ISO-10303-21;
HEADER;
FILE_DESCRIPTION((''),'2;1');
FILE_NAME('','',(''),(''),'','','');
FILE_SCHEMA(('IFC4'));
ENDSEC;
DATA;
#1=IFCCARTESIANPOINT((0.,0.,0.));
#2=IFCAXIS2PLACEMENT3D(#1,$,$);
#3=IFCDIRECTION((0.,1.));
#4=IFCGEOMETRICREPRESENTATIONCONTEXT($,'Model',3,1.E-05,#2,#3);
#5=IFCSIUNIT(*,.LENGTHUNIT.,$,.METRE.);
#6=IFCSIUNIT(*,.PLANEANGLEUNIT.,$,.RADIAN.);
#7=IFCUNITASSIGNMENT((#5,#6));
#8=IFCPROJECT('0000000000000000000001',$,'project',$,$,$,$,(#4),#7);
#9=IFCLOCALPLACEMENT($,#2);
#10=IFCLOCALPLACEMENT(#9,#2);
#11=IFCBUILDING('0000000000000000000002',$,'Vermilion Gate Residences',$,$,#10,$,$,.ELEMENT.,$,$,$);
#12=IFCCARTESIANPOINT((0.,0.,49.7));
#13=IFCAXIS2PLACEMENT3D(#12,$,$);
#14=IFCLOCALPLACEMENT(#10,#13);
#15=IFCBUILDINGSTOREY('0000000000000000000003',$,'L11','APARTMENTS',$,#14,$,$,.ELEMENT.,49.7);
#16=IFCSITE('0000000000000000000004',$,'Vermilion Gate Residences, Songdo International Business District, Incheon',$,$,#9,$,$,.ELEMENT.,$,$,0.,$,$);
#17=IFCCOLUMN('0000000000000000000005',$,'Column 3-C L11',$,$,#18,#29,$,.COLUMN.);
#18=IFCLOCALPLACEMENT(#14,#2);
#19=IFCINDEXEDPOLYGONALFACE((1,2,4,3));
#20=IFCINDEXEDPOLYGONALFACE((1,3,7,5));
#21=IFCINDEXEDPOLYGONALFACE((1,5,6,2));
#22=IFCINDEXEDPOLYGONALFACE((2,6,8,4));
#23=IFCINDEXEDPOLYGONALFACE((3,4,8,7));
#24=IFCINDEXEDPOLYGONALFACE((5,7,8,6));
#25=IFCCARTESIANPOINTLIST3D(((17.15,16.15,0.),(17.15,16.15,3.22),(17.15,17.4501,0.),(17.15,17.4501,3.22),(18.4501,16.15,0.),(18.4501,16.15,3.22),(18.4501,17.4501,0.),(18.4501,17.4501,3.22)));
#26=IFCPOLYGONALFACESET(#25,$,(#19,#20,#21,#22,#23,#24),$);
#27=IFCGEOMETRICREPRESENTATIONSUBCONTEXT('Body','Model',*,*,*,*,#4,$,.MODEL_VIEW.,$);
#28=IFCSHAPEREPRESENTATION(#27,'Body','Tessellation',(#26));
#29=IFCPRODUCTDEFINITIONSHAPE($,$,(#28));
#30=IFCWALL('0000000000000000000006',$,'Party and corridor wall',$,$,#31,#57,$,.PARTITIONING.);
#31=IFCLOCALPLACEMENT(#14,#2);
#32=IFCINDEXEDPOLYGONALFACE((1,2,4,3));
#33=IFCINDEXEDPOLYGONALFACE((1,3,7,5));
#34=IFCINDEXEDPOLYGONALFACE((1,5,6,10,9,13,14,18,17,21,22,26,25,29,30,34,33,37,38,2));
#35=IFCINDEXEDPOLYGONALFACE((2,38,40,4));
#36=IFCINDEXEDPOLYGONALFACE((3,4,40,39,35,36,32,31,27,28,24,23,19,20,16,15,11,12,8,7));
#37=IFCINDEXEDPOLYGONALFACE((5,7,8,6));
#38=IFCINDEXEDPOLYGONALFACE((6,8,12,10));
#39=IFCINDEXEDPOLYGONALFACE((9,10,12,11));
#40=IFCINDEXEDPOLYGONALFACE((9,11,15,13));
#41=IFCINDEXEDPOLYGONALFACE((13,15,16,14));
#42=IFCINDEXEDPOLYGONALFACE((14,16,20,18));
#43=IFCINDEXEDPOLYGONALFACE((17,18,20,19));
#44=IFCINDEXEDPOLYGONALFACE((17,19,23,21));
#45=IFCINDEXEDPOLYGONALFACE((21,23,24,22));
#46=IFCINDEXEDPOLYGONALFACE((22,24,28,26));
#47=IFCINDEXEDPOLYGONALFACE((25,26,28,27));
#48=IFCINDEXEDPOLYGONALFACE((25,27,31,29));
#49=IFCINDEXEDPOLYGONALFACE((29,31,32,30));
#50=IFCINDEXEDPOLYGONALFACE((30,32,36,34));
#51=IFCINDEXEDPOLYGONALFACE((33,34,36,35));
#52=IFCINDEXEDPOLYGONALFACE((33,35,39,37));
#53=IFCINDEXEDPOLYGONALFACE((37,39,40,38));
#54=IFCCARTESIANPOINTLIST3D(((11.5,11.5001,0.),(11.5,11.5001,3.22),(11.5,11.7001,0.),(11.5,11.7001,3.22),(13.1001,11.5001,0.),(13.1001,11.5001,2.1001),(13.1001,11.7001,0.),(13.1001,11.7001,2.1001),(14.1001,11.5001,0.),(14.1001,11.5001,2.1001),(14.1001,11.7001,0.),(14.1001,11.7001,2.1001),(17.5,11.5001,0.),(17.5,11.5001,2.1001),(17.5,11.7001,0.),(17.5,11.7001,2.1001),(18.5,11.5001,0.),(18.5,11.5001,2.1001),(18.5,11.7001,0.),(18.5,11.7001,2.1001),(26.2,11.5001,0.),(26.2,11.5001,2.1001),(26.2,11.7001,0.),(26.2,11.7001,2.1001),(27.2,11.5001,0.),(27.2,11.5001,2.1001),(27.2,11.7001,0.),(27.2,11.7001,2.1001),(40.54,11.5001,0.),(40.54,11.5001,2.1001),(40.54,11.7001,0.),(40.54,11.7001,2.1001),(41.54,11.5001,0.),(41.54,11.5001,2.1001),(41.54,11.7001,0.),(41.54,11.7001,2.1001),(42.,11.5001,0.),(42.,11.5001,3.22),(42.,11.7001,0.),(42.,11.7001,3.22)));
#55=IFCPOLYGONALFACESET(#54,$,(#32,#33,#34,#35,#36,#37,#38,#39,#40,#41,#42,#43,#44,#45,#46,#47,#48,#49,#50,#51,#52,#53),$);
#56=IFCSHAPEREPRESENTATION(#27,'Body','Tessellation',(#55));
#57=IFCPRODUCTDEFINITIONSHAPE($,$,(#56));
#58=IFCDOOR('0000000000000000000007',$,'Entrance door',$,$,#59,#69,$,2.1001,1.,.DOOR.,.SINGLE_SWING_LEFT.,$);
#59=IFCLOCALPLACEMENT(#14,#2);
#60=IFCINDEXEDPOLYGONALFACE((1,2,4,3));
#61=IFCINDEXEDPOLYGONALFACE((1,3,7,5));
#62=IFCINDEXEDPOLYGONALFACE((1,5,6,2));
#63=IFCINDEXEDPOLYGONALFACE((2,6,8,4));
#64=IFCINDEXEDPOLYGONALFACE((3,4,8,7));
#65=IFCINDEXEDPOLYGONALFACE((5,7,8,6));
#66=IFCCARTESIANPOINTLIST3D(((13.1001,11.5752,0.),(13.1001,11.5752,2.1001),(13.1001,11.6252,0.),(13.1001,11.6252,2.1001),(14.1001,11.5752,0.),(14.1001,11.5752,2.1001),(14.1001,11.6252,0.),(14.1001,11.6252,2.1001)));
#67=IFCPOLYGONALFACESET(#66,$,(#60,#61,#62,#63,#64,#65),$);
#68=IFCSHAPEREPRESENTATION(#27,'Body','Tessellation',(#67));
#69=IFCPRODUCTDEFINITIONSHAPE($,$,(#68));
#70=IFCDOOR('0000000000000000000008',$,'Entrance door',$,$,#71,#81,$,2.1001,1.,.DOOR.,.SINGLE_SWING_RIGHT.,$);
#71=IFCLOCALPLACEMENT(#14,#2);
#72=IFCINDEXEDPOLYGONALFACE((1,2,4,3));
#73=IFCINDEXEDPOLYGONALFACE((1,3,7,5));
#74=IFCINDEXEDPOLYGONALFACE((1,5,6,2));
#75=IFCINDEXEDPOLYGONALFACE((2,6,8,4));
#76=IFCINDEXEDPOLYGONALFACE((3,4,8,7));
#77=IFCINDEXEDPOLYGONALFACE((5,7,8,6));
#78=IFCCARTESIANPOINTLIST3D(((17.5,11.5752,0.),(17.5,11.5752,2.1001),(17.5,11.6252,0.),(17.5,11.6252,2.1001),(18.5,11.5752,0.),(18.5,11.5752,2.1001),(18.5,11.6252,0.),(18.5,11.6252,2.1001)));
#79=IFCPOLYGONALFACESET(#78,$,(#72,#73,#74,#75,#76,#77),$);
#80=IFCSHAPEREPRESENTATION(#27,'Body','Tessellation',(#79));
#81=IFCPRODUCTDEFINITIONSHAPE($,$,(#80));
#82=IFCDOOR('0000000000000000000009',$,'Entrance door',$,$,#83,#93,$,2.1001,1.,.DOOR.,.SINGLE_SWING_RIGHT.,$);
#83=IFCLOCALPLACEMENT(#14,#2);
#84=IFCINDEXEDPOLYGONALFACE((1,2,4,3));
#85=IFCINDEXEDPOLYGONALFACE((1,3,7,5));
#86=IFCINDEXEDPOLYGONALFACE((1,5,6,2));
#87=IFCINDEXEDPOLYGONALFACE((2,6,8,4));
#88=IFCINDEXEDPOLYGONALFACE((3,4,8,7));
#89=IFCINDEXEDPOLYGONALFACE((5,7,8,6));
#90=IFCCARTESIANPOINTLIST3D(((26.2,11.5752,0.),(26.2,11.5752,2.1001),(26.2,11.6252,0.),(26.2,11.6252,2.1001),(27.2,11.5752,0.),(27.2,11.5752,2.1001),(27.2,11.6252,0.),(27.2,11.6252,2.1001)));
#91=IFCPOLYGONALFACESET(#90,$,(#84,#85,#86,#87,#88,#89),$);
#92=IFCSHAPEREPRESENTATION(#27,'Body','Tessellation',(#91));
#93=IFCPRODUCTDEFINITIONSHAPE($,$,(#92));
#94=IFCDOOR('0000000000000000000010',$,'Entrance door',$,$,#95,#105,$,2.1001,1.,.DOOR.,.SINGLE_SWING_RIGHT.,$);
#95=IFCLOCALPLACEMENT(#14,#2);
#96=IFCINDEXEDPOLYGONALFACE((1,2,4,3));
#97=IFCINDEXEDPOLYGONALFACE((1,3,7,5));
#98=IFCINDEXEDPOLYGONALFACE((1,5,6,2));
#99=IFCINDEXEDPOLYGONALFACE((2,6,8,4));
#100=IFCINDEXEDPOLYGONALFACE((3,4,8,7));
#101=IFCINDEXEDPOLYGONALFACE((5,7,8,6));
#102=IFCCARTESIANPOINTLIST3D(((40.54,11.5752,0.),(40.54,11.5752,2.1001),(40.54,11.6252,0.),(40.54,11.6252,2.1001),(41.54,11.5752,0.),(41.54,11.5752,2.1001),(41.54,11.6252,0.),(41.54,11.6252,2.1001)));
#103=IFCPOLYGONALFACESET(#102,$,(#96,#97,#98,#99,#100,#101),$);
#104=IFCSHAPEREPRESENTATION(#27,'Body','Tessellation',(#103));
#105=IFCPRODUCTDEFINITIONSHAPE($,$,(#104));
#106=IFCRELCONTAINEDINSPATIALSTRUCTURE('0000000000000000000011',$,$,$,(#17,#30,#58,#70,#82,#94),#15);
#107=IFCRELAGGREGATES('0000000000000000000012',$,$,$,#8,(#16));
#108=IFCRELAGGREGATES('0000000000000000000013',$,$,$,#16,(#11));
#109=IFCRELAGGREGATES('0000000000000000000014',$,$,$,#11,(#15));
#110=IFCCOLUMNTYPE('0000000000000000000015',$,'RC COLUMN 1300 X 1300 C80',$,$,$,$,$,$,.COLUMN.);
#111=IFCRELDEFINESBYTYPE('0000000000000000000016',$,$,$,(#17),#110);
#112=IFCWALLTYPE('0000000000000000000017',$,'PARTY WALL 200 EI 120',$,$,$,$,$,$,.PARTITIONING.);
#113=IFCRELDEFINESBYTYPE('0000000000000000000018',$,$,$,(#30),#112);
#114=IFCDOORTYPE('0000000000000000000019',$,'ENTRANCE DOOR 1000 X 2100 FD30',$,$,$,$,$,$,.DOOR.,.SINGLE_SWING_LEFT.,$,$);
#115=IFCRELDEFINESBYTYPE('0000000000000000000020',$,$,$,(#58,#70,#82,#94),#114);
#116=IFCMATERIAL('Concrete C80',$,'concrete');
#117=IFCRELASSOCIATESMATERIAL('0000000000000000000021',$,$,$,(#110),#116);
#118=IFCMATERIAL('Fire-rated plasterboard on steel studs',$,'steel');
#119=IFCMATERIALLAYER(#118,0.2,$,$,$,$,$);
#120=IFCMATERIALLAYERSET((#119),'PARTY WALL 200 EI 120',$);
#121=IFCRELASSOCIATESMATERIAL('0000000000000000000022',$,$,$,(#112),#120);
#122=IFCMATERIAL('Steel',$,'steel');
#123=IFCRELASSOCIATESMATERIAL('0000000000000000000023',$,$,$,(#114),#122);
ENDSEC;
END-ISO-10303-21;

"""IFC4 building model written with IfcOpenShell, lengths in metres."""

from ifc_helpers import new_model, si_unit, direction, frame, frame_2d, origin, origin_2d, place, context, subcontext, project, spatial, rectangle, extrude, material, layer, layer_set, material_profile, profile_set, type_object, element, fill, save


model = new_model("IFC4")

# Units and contexts
model_context = context("Model", 3, precision=1e-05, world=origin(), true_north=direction((0.0, 1.0)))
body_context = subcontext(model_context, "Body", "Model", "MODEL_VIEW")
ifc_project = project(units=[si_unit("LENGTHUNIT", "METRE"), si_unit("PLANEANGLEUNIT", "RADIAN")], contexts=[model_context])

# Site, building, storey
site_placement = place(None, origin())
site = spatial("IfcSite", under=ifc_project, at=site_placement, Name="Vermilion Gate Residences, Songdo International Business District, Incheon", CompositionType="ELEMENT", RefElevation=0.0)
building_placement = place(site_placement, origin())
building = spatial("IfcBuilding", under=site, at=building_placement, Name="Vermilion Gate Residences", CompositionType="ELEMENT")
storey_placement = place(building_placement, frame((0.0, 0.0, 49.7)))
storey = spatial("IfcBuildingStorey", under=building, at=storey_placement, Name="L11", Description="APARTMENTS", CompositionType="ELEMENT", Elevation=49.7)

# Column
ifc_material_1 = material(Name="Concrete C80", Category="concrete")
ifc_material_profile = material_profile(ifc_material_1, rectangle(XDim=1.3, YDim=1.3, at=origin_2d()), Name="RC-1300x1300")
ifc_profile_set = profile_set([ifc_material_profile], Name="Concrete C80")
column_type = type_object("IfcColumnType", Name="RC COLUMN 1300 X 1300 C80", PredefinedType="COLUMN", material=ifc_profile_set)
column_placement = place(storey_placement, frame((17.8, 16.8, 0.0), z_axis=(0.0, 0.0, 1.0), x_axis=(1.0, 0.0, 0.0)))
element("IfcColumn", 1, at=column_placement, inside=storey, type_object=column_type, Name="Column 3-C L11", PredefinedType="COLUMN", context=body_context, shape_type="SweptSolid", body=[
    extrude(rectangle(XDim=1.3, YDim=1.3, at=origin_2d()), origin(), (0.0, 0.0, 1.0), 3.22),
])

# Wall, openings, doors
ifc_material_2 = material(Name="Fire-rated plasterboard on steel studs", Category="steel")
ifc_layer_1 = layer(ifc_material_2, 0.2)
ifc_layer_set_1 = layer_set([ifc_layer_1], Name="PARTY WALL 200 EI 120")
wall_type_1 = type_object("IfcWallType", Name="PARTY WALL 200 EI 120", PredefinedType="PARTITIONING", material=ifc_layer_set_1)
wall_1_placement = place(storey_placement, frame((11.5, 11.6001, 0.0), z_axis=(0.0, 0.0, 1.0), x_axis=(1.0, 0.0, 0.0)))
wall_1 = element("IfcWall", 2, at=wall_1_placement, inside=storey, type_object=wall_type_1, Name="Party and corridor wall", PredefinedType="PARTITIONING", context=body_context, shape_type="SweptSolid", body=[
    extrude(rectangle(XDim=30.5, YDim=0.2, at=frame_2d((15.25, 0.0))), origin(), (0.0, 0.0, 1.0), 3.22),
])
opening_1_placement = place(wall_1_placement, frame((1.6001, 0.0, 0.0)))
opening_1 = element("IfcOpeningElement", 3, at=opening_1_placement, cuts=wall_1, PredefinedType="OPENING", context=body_context, shape_type="SweptSolid", body=[
    extrude(rectangle(XDim=1.0, YDim=2.1001, at=frame_2d((0.5, 1.05))), frame((0.0, 0.1099, 0.0), z_axis=(0.0, -1.0, 0.0), x_axis=(1.0, 0.0, 0.0)), (0.0, 0.0, 1.0), 0.22),
])
opening_2_placement = place(wall_1_placement, frame((6.0, 0.0, 0.0)))
opening_2 = element("IfcOpeningElement", 4, at=opening_2_placement, cuts=wall_1, PredefinedType="OPENING", context=body_context, shape_type="SweptSolid", body=[
    extrude(rectangle(XDim=1.0, YDim=2.1001, at=frame_2d((0.5, 1.05))), frame((0.0, 0.1099, 0.0), z_axis=(0.0, -1.0, 0.0), x_axis=(1.0, 0.0, 0.0)), (0.0, 0.0, 1.0), 0.22),
])
opening_3_placement = place(wall_1_placement, frame((14.7, 0.0, 0.0)))
opening_3 = element("IfcOpeningElement", 5, at=opening_3_placement, cuts=wall_1, PredefinedType="OPENING", context=body_context, shape_type="SweptSolid", body=[
    extrude(rectangle(XDim=1.0, YDim=2.1001, at=frame_2d((0.5, 1.05))), frame((0.0, 0.1099, 0.0), z_axis=(0.0, -1.0, 0.0), x_axis=(1.0, 0.0, 0.0)), (0.0, 0.0, 1.0), 0.22),
])
opening_4_placement = place(wall_1_placement, frame((29.04, 0.0, 0.0)))
opening_4 = element("IfcOpeningElement", 6, at=opening_4_placement, cuts=wall_1, PredefinedType="OPENING", context=body_context, shape_type="SweptSolid", body=[
    extrude(rectangle(XDim=1.0, YDim=2.1001, at=frame_2d((0.5, 1.05))), frame((0.0, 0.1099, 0.0), z_axis=(0.0, -1.0, 0.0), x_axis=(1.0, 0.0, 0.0)), (0.0, 0.0, 1.0), 0.22),
])
ifc_material_3 = material(Name="Steel", Category="steel")
door_type_1 = type_object("IfcDoorType", Name="ENTRANCE DOOR 1000 X 2100 FD30", OperationType="SINGLE_SWING_LEFT", PredefinedType="DOOR", material=ifc_material_3)
door_1_placement = place(opening_1_placement, frame((1.0, 0.0, 0.0), z_axis=(0.0, 0.0, 1.0), x_axis=(-1.0, 0.0, 0.0)))
door_1 = element("IfcDoor", 7, at=door_1_placement, inside=storey, type_object=door_type_1, Name="Entrance door", OperationType="SINGLE_SWING_LEFT", OverallHeight=2.1001, OverallWidth=1.0, PredefinedType="DOOR", context=body_context, shape_type="SweptSolid", body=[
    extrude(rectangle(XDim=1.0, YDim=2.1001, at=frame_2d((0.5, 1.05))), frame((0.0, 0.0249, 0.0), z_axis=(0.0, -1.0, 0.0), x_axis=(1.0, 0.0, 0.0)), (0.0, 0.0, 1.0), 0.05),
])
fill(opening_1, door_1)
door_2_placement = place(opening_2_placement, frame((1.0, 0.0, 0.0), z_axis=(0.0, 0.0, 1.0), x_axis=(-1.0, 0.0, 0.0)))
door_2 = element("IfcDoor", 8, at=door_2_placement, inside=storey, type_object=door_type_1, Name="Entrance door", OperationType="SINGLE_SWING_RIGHT", OverallHeight=2.1001, OverallWidth=1.0, PredefinedType="DOOR", context=body_context, shape_type="SweptSolid", body=[
    extrude(rectangle(XDim=1.0, YDim=2.1001, at=frame_2d((0.5, 1.05))), frame((0.0, 0.0249, 0.0), z_axis=(0.0, -1.0, 0.0), x_axis=(1.0, 0.0, 0.0)), (0.0, 0.0, 1.0), 0.05),
])
fill(opening_2, door_2)
door_3_placement = place(opening_3_placement, frame((1.0, 0.0, 0.0), z_axis=(0.0, 0.0, 1.0), x_axis=(-1.0, 0.0, 0.0)))
door_3 = element("IfcDoor", 9, at=door_3_placement, inside=storey, type_object=door_type_1, Name="Entrance door", OperationType="SINGLE_SWING_RIGHT", OverallHeight=2.1001, OverallWidth=1.0, PredefinedType="DOOR", context=body_context, shape_type="SweptSolid", body=[
    extrude(rectangle(XDim=1.0, YDim=2.1001, at=frame_2d((0.5, 1.05))), frame((0.0, 0.0249, 0.0), z_axis=(0.0, -1.0, 0.0), x_axis=(1.0, 0.0, 0.0)), (0.0, 0.0, 1.0), 0.05),
])
fill(opening_3, door_3)
door_4_placement = place(opening_4_placement, frame((1.0, 0.0, 0.0), z_axis=(0.0, 0.0, 1.0), x_axis=(-1.0, 0.0, 0.0)))
door_4 = element("IfcDoor", 10, at=door_4_placement, inside=storey, type_object=door_type_1, Name="Entrance door", OperationType="SINGLE_SWING_RIGHT", OverallHeight=2.1001, OverallWidth=1.0, PredefinedType="DOOR", context=body_context, shape_type="SweptSolid", body=[
    extrude(rectangle(XDim=1.0, YDim=2.1001, at=frame_2d((0.5, 1.05))), frame((0.0, 0.0249, 0.0), z_axis=(0.0, -1.0, 0.0), x_axis=(1.0, 0.0, 0.0)), (0.0, 0.0, 1.0), 0.05),
])
fill(opening_4, door_4)

save(model, "model.ifc")
